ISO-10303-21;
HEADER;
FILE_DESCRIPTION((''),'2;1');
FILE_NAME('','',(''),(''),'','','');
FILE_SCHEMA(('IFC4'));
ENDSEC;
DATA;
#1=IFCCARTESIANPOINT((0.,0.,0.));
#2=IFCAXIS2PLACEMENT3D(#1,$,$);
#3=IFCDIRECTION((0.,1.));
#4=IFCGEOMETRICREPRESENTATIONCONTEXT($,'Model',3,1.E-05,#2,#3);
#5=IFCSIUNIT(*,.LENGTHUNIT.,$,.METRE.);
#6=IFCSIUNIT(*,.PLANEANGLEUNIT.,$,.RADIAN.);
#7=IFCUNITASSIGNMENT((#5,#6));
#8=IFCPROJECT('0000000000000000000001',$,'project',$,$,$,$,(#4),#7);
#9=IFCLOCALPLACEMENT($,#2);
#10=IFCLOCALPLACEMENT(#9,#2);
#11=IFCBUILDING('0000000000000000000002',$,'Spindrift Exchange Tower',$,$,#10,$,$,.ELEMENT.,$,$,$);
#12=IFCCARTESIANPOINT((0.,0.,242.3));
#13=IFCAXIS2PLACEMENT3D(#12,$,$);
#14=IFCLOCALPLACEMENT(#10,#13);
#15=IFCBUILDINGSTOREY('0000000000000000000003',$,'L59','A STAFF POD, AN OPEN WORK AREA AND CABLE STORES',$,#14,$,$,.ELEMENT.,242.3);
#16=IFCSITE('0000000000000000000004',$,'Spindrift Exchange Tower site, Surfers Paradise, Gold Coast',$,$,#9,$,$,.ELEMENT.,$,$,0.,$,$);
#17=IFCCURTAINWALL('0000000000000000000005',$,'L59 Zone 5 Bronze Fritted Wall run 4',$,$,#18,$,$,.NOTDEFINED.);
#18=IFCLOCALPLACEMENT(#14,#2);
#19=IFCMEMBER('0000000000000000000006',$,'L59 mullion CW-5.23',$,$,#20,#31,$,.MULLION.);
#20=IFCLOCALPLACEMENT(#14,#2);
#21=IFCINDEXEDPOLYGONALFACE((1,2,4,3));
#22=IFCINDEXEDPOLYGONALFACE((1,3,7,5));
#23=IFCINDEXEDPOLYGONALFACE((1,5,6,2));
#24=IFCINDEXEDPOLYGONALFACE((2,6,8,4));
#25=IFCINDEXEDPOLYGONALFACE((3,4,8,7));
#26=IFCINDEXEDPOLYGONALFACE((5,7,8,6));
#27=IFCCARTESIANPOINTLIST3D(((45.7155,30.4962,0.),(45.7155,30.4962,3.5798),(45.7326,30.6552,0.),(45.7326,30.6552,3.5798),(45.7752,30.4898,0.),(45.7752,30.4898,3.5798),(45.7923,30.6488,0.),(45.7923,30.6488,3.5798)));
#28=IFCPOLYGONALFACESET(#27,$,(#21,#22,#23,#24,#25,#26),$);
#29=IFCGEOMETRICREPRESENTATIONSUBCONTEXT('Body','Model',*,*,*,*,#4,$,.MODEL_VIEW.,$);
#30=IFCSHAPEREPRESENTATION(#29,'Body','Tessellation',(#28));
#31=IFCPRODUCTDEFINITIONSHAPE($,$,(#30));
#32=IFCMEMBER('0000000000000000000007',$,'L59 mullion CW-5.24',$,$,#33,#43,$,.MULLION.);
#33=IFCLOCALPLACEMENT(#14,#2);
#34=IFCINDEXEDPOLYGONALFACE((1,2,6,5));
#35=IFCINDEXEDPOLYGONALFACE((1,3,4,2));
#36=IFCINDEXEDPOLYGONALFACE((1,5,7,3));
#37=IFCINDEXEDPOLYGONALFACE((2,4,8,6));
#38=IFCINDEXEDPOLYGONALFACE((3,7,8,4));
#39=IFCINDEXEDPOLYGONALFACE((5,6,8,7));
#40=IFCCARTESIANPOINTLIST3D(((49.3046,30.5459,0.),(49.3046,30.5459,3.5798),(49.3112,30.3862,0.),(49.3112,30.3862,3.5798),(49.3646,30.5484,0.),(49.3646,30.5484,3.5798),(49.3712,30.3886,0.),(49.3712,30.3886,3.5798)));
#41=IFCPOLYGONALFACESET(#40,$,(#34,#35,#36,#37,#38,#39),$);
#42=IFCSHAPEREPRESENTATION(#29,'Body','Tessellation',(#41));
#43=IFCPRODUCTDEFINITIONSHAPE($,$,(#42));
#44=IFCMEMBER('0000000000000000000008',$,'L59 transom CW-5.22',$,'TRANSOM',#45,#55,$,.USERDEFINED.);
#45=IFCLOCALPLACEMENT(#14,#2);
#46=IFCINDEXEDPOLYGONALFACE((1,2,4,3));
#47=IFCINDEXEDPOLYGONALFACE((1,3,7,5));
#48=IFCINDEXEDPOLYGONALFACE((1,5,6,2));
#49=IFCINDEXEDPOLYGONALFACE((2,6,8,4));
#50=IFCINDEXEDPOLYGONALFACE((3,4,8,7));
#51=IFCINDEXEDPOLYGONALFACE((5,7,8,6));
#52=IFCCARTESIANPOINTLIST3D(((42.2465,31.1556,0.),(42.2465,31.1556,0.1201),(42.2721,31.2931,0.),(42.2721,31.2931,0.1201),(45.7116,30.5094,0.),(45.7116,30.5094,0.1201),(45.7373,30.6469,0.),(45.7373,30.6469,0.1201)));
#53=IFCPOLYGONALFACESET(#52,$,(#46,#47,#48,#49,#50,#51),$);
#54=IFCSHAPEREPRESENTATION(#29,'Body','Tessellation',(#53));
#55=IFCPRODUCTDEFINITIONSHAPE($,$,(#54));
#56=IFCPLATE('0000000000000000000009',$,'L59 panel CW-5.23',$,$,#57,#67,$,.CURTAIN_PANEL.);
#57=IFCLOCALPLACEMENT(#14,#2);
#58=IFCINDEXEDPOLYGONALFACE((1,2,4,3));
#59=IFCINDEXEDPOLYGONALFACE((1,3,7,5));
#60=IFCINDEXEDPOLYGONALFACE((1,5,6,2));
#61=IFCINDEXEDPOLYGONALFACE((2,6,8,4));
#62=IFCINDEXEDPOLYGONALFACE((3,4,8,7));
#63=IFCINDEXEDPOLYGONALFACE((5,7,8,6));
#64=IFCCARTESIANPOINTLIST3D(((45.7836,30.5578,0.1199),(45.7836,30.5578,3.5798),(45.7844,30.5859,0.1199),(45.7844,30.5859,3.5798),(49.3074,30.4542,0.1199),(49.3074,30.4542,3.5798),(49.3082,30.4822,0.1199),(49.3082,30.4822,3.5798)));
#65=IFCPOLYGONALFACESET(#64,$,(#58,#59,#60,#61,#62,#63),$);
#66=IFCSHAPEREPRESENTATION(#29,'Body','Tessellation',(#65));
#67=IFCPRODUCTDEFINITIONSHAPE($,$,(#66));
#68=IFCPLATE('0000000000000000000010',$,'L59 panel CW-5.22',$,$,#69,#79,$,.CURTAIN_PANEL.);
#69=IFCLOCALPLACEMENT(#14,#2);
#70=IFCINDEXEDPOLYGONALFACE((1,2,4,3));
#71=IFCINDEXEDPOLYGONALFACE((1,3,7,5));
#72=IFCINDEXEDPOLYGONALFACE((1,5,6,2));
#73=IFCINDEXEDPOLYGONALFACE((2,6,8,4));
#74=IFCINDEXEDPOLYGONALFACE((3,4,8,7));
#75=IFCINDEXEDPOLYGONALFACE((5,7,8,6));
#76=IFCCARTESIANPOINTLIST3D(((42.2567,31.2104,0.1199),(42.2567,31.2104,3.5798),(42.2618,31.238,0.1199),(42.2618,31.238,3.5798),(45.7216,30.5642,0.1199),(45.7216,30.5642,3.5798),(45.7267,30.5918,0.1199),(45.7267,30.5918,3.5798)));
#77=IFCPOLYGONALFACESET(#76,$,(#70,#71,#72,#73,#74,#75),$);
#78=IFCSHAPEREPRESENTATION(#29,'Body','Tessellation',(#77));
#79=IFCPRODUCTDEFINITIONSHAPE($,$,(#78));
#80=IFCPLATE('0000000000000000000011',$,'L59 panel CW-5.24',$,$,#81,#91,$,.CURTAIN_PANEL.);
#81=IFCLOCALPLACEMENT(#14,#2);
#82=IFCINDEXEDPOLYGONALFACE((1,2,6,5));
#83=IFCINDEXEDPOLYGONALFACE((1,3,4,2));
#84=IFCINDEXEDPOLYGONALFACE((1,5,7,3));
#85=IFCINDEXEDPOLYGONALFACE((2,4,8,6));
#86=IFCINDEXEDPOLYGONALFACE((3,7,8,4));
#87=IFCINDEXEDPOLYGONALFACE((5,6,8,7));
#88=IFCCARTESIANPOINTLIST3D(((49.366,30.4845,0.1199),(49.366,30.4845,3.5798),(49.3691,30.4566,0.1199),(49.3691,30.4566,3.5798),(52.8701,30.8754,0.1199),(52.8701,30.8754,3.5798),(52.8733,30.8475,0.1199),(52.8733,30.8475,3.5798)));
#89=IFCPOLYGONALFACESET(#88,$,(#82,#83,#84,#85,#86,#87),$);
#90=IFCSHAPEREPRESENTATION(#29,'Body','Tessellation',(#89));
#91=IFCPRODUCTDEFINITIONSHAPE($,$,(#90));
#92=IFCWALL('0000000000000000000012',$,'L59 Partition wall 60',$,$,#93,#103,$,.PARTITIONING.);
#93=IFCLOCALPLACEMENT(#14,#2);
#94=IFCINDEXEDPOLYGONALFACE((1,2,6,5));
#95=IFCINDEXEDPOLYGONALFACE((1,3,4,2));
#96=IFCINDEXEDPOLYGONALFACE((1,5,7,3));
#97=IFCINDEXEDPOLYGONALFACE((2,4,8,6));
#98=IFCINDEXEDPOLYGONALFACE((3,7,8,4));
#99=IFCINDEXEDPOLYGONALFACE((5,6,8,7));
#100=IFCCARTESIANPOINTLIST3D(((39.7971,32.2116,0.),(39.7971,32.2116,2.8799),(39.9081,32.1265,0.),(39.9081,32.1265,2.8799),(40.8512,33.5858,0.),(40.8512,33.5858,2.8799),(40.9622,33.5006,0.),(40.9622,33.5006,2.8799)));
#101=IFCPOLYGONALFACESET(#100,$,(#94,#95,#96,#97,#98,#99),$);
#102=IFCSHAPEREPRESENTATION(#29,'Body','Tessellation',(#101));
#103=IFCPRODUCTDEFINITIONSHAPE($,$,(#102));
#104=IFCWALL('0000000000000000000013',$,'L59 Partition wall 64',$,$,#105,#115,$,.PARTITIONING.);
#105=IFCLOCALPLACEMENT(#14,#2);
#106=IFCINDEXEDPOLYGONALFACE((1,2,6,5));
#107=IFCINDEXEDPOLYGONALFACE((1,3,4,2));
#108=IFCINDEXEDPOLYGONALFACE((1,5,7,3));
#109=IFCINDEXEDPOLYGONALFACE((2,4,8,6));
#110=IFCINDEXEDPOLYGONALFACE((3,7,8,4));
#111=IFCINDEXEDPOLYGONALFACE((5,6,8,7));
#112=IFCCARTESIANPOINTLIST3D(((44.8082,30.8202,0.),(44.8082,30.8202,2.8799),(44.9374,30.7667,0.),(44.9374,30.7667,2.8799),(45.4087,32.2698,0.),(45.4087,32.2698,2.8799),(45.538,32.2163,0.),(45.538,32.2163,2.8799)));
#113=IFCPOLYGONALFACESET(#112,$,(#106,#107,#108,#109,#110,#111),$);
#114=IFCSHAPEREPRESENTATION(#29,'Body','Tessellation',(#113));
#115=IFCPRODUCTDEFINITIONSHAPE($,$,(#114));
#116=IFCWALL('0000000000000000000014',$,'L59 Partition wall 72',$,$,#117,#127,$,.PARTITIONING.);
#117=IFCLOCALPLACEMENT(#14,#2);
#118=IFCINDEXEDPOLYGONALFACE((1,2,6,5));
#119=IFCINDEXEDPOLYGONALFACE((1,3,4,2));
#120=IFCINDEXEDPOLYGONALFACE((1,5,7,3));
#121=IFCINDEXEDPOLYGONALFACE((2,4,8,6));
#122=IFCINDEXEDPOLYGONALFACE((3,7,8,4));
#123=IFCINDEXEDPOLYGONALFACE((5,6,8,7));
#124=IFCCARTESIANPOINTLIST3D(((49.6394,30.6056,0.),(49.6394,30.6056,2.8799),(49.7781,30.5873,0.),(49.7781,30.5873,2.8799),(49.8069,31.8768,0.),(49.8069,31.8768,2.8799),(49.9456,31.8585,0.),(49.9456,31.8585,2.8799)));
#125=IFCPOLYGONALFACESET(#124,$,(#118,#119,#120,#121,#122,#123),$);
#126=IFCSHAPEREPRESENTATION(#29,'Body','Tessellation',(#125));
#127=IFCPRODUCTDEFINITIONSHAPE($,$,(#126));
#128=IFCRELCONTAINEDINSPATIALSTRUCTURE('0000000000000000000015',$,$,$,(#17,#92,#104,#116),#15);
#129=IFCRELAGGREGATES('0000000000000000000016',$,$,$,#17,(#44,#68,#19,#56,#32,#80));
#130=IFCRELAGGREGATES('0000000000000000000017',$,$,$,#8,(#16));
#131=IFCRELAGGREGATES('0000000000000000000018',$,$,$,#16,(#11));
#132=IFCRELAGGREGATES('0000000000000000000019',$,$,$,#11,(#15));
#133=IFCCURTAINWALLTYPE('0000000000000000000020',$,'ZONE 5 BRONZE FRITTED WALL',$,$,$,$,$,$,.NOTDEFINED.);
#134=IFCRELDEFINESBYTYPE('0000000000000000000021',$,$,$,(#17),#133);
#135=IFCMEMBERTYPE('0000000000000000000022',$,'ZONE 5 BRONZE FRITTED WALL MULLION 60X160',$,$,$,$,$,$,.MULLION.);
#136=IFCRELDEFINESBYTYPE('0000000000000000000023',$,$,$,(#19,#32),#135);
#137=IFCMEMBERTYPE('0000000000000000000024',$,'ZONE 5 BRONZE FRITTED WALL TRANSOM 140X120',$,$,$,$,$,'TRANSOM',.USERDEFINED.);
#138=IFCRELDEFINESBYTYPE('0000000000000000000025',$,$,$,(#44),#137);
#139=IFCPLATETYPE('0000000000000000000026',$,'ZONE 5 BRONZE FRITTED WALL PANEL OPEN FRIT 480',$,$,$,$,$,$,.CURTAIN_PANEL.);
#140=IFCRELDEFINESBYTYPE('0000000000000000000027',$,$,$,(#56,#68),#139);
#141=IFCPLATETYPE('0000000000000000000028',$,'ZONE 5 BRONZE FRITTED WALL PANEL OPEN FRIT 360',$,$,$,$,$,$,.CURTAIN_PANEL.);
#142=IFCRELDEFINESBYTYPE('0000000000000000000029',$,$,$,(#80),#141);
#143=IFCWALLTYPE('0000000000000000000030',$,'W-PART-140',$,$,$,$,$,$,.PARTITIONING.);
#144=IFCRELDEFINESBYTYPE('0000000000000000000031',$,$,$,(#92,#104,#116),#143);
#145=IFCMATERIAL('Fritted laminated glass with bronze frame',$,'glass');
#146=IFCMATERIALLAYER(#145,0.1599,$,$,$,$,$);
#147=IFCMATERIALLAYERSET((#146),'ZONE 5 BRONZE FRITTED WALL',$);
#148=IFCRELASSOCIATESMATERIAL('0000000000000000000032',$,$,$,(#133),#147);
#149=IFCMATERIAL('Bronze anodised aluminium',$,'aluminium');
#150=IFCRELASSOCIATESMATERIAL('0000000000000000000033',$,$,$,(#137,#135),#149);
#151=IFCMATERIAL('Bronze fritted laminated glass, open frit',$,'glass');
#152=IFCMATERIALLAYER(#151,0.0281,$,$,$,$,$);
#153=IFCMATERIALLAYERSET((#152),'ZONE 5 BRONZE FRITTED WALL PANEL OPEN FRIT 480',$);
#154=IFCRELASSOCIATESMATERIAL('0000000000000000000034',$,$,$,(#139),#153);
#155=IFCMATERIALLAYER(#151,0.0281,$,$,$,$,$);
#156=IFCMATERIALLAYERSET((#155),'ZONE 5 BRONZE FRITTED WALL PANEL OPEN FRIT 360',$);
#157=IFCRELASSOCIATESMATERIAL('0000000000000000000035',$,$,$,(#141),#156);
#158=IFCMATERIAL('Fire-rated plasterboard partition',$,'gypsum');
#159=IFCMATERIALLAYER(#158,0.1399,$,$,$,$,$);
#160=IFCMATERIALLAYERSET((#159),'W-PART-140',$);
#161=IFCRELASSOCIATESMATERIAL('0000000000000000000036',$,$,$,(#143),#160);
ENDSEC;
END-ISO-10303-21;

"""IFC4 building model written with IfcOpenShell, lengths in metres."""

from ifc_helpers import new_model, si_unit, direction, frame, frame_2d, origin, origin_2d, place, context, subcontext, project, spatial, rectangle, extrude, source, transform, mapped, material, layer, layer_set, material_profile, profile_set, type_object, element, aggregate, save


model = new_model("IFC4")

# Units and contexts
model_context = context("Model", 3, precision=1e-05, world=origin(), true_north=direction((0.0, 1.0)))
body_context = subcontext(model_context, "Body", "Model", "MODEL_VIEW")
ifc_project = project(units=[si_unit("LENGTHUNIT", "METRE"), si_unit("PLANEANGLEUNIT", "RADIAN")], contexts=[model_context])

# Site, building, storey
site_placement = place(None, origin())
site = spatial("IfcSite", under=ifc_project, at=site_placement, Name="Spindrift Exchange Tower site, Surfers Paradise, Gold Coast", CompositionType="ELEMENT", RefElevation=0.0)
building_placement = place(site_placement, origin())
building = spatial("IfcBuilding", under=site, at=building_placement, Name="Spindrift Exchange Tower", CompositionType="ELEMENT")
storey_placement = place(building_placement, frame((0.0, 0.0, 242.3)))
storey = spatial("IfcBuildingStorey", under=building, at=storey_placement, Name="L59", Description="A STAFF POD, AN OPEN WORK AREA AND CABLE STORES", CompositionType="ELEMENT", Elevation=242.3)

# Curtain wall, members, plates
ifc_material_1 = material(Name="Fritted laminated glass with bronze frame", Category="glass")
ifc_layer_1 = layer(ifc_material_1, 0.1599)
ifc_layer_set_1 = layer_set([ifc_layer_1], Name="ZONE 5 BRONZE FRITTED WALL")
curtain_wall_type = type_object("IfcCurtainWallType", Name="ZONE 5 BRONZE FRITTED WALL", PredefinedType="NOTDEFINED", material=ifc_layer_set_1)
curtain_wall_placement = place(storey_placement, origin())
curtain_wall = element("IfcCurtainWall", 1, at=curtain_wall_placement, inside=storey, type_object=curtain_wall_type, Name="L59 Zone 5 Bronze Fritted Wall run 4", PredefinedType="NOTDEFINED")
ifc_material_2 = material(Name="Bronze anodised aluminium", Category="aluminium")
ifc_material_profile_1 = material_profile(ifc_material_2, rectangle(XDim=0.1399, YDim=0.1201, at=origin_2d()), Name="ZONE 5 BRONZE FRITTED WALL TRANSOM 140X120")
ifc_profile_set_1 = profile_set([ifc_material_profile_1], Name="Bronze anodised aluminium")
member_type_1 = type_object("IfcMemberType", Name="ZONE 5 BRONZE FRITTED WALL TRANSOM 140X120", ElementType="TRANSOM", PredefinedType="USERDEFINED", material=ifc_profile_set_1)
ifc_material_profile_2 = material_profile(ifc_material_2, rectangle(XDim=0.0601, YDim=0.1599, at=origin_2d()), Name="ZONE 5 BRONZE FRITTED WALL MULLION 60X160")
ifc_profile_set_2 = profile_set([ifc_material_profile_2], Name="Bronze anodised aluminium")
member_type_2 = type_object("IfcMemberType", Name="ZONE 5 BRONZE FRITTED WALL MULLION 60X160", PredefinedType="MULLION", material=ifc_profile_set_2)
shared_shape_1 = source(origin(), body_context, "Body", "SweptSolid", [
    extrude(rectangle(XDim=0.0601, YDim=0.1599, at=origin_2d()), origin(), (0.0, 0.0, 1.0), 3.5798),
])
member_1_placement = place(storey_placement, frame((45.7539, 30.5725, 0.0), z_axis=(0.0, 0.0, 1.0), x_axis=(0.994293, -0.106686, 0.0)))
member_1 = element("IfcMember", 2, at=member_1_placement, type_object=member_type_2, Name="L59 mullion CW-5.23", PredefinedType="MULLION", context=body_context, shape_type="MappedRepresentation", body=[
    mapped(shared_shape_1, transform((0.0, 0.0, 0.0), scale=1.0)),
])
member_2_placement = place(storey_placement, frame((49.3379, 30.4673, 0.0), z_axis=(0.0, 0.0, 1.0), x_axis=(0.999166, 0.040827, 0.0)))
member_2 = element("IfcMember", 3, at=member_2_placement, type_object=member_type_2, Name="L59 mullion CW-5.24", PredefinedType="MULLION", context=body_context, shape_type="MappedRepresentation", body=[
    mapped(shared_shape_1, transform((0.0, 0.0, 0.0), scale=1.0)),
])
shared_shape_2 = source(origin(), body_context, "Body", "SweptSolid", [
    extrude(rectangle(XDim=0.1399, YDim=0.1201, at=origin_2d()), origin(), (0.0, 0.0, 1.0), 3.5249),
])
member_3_placement = place(storey_placement, frame((42.2593, 31.2244, 0.0601), z_axis=(0.98305, -0.183339, 0.0), x_axis=(0.183339, 0.98305, 0.0)))
member_3 = element("IfcMember", 4, at=member_3_placement, type_object=member_type_1, Name="L59 transom CW-5.22", ObjectType="TRANSOM", PredefinedType="USERDEFINED", context=body_context, shape_type="MappedRepresentation", body=[
    mapped(shared_shape_2, transform((0.0, 0.0, 0.0), scale=1.0)),
])
ifc_material_3 = material(Name="Bronze fritted laminated glass, open frit", Category="glass")
ifc_layer_2 = layer(ifc_material_3, 0.0281)
ifc_layer_set_2 = layer_set([ifc_layer_2], Name="ZONE 5 BRONZE FRITTED WALL PANEL OPEN FRIT 480")
plate_type_1 = type_object("IfcPlateType", Name="ZONE 5 BRONZE FRITTED WALL PANEL OPEN FRIT 480", PredefinedType="CURTAIN_PANEL", material=ifc_layer_set_2)
shared_shape_3 = source(origin(), body_context, "Body", "SweptSolid", [
    extrude(rectangle(XDim=3.5254, YDim=0.0281, at=origin_2d()), origin(), (0.0, 0.0, 1.0), 3.46),
])
plate_1_placement = place(storey_placement, frame((47.5459, 30.52, 0.1199), z_axis=(0.0, 0.0, 1.0), x_axis=(0.999568, -0.029396, 0.0)))
plate_1 = element("IfcPlate", 5, at=plate_1_placement, type_object=plate_type_1, Name="L59 panel CW-5.23", PredefinedType="CURTAIN_PANEL", context=body_context, shape_type="MappedRepresentation", body=[
    mapped(shared_shape_3, transform((0.0, 0.0, 0.0), scale=1.0)),
])
shared_shape_4 = source(origin(), body_context, "Body", "SweptSolid", [
    extrude(rectangle(XDim=3.5247, YDim=0.0281, at=origin_2d()), origin(), (0.0, 0.0, 1.0), 3.46),
])
plate_2_placement = place(storey_placement, frame((43.9917, 30.9011, 0.1199), z_axis=(0.0, 0.0, 1.0), x_axis=(0.98305, -0.183337, 0.0)))
plate_2 = element("IfcPlate", 6, at=plate_2_placement, type_object=plate_type_1, Name="L59 panel CW-5.22", PredefinedType="CURTAIN_PANEL", context=body_context, shape_type="MappedRepresentation", body=[
    mapped(shared_shape_4, transform((0.0, 0.0, 0.0), scale=1.0)),
])
ifc_layer_3 = layer(ifc_material_3, 0.0281)
ifc_layer_set_3 = layer_set([ifc_layer_3], Name="ZONE 5 BRONZE FRITTED WALL PANEL OPEN FRIT 360")
plate_type_2 = type_object("IfcPlateType", Name="ZONE 5 BRONZE FRITTED WALL PANEL OPEN FRIT 360", PredefinedType="CURTAIN_PANEL", material=ifc_layer_set_3)
shared_shape_5 = source(origin(), body_context, "Body", "SweptSolid", [
    extrude(rectangle(XDim=3.5259, YDim=0.0281, at=origin_2d()), origin(), (0.0, 0.0, 1.0), 3.46),
])
plate_3_placement = place(storey_placement, frame((51.1196, 30.666, 0.1199), z_axis=(0.0, 0.0, 1.0), x_axis=(0.993837, 0.110848, 0.0)))
plate_3 = element("IfcPlate", 7, at=plate_3_placement, type_object=plate_type_2, Name="L59 panel CW-5.24", PredefinedType="CURTAIN_PANEL", context=body_context, shape_type="MappedRepresentation", body=[
    mapped(shared_shape_5, transform((0.0, 0.0, 0.0), scale=1.0)),
])
aggregate(curtain_wall, [member_3, plate_2, member_1, plate_1, member_2, plate_3])

# Walls
ifc_material_4 = material(Name="Fire-rated plasterboard partition", Category="gypsum")
ifc_layer_4 = layer(ifc_material_4, 0.1399)
ifc_layer_set_4 = layer_set([ifc_layer_4], Name="W-PART-140")
wall_type = type_object("IfcWallType", Name="W-PART-140", PredefinedType="PARTITIONING", material=ifc_layer_set_4)
wall_1_placement = place(storey_placement, frame((40.9067, 33.5432, 0.0), z_axis=(0.0, 0.0, 1.0), x_axis=(-0.608648, -0.793441, 0.0)))
element("IfcWall", 8, at=wall_1_placement, inside=storey, type_object=wall_type, Name="L59 Partition wall 60", PredefinedType="PARTITIONING", context=body_context, shape_type="SweptSolid", body=[
    extrude(rectangle(XDim=1.7319, YDim=0.1399, at=frame_2d((0.866, 0.0))), origin(), (0.0, 0.0, 1.0), 2.8799),
])
wall_2_placement = place(storey_placement, frame((45.4734, 32.2432, 0.0), z_axis=(0.0, 0.0, 1.0), x_axis=(-0.382737, -0.923858, 0.0)))
element("IfcWall", 9, at=wall_2_placement, inside=storey, type_object=wall_type, Name="L59 Partition wall 64", PredefinedType="PARTITIONING", context=body_context, shape_type="SweptSolid", body=[
    extrude(rectangle(XDim=1.5691, YDim=0.1399, at=frame_2d((0.7847, 0.0))), origin(), (0.0, 0.0, 1.0), 2.8799),
])
wall_3_placement = place(storey_placement, frame((49.8762, 31.8677, 0.0), z_axis=(0.0, 0.0, 1.0), x_axis=(-0.130617, -0.991433, 0.0)))
element("IfcWall", 10, at=wall_3_placement, inside=storey, type_object=wall_type, Name="L59 Partition wall 72", PredefinedType="PARTITIONING", context=body_context, shape_type="SweptSolid", body=[
    extrude(rectangle(XDim=1.2822, YDim=0.1399, at=frame_2d((0.6411, 0.0))), origin(), (0.0, 0.0, 1.0), 2.8799),
])

save(model, "model.ifc")
